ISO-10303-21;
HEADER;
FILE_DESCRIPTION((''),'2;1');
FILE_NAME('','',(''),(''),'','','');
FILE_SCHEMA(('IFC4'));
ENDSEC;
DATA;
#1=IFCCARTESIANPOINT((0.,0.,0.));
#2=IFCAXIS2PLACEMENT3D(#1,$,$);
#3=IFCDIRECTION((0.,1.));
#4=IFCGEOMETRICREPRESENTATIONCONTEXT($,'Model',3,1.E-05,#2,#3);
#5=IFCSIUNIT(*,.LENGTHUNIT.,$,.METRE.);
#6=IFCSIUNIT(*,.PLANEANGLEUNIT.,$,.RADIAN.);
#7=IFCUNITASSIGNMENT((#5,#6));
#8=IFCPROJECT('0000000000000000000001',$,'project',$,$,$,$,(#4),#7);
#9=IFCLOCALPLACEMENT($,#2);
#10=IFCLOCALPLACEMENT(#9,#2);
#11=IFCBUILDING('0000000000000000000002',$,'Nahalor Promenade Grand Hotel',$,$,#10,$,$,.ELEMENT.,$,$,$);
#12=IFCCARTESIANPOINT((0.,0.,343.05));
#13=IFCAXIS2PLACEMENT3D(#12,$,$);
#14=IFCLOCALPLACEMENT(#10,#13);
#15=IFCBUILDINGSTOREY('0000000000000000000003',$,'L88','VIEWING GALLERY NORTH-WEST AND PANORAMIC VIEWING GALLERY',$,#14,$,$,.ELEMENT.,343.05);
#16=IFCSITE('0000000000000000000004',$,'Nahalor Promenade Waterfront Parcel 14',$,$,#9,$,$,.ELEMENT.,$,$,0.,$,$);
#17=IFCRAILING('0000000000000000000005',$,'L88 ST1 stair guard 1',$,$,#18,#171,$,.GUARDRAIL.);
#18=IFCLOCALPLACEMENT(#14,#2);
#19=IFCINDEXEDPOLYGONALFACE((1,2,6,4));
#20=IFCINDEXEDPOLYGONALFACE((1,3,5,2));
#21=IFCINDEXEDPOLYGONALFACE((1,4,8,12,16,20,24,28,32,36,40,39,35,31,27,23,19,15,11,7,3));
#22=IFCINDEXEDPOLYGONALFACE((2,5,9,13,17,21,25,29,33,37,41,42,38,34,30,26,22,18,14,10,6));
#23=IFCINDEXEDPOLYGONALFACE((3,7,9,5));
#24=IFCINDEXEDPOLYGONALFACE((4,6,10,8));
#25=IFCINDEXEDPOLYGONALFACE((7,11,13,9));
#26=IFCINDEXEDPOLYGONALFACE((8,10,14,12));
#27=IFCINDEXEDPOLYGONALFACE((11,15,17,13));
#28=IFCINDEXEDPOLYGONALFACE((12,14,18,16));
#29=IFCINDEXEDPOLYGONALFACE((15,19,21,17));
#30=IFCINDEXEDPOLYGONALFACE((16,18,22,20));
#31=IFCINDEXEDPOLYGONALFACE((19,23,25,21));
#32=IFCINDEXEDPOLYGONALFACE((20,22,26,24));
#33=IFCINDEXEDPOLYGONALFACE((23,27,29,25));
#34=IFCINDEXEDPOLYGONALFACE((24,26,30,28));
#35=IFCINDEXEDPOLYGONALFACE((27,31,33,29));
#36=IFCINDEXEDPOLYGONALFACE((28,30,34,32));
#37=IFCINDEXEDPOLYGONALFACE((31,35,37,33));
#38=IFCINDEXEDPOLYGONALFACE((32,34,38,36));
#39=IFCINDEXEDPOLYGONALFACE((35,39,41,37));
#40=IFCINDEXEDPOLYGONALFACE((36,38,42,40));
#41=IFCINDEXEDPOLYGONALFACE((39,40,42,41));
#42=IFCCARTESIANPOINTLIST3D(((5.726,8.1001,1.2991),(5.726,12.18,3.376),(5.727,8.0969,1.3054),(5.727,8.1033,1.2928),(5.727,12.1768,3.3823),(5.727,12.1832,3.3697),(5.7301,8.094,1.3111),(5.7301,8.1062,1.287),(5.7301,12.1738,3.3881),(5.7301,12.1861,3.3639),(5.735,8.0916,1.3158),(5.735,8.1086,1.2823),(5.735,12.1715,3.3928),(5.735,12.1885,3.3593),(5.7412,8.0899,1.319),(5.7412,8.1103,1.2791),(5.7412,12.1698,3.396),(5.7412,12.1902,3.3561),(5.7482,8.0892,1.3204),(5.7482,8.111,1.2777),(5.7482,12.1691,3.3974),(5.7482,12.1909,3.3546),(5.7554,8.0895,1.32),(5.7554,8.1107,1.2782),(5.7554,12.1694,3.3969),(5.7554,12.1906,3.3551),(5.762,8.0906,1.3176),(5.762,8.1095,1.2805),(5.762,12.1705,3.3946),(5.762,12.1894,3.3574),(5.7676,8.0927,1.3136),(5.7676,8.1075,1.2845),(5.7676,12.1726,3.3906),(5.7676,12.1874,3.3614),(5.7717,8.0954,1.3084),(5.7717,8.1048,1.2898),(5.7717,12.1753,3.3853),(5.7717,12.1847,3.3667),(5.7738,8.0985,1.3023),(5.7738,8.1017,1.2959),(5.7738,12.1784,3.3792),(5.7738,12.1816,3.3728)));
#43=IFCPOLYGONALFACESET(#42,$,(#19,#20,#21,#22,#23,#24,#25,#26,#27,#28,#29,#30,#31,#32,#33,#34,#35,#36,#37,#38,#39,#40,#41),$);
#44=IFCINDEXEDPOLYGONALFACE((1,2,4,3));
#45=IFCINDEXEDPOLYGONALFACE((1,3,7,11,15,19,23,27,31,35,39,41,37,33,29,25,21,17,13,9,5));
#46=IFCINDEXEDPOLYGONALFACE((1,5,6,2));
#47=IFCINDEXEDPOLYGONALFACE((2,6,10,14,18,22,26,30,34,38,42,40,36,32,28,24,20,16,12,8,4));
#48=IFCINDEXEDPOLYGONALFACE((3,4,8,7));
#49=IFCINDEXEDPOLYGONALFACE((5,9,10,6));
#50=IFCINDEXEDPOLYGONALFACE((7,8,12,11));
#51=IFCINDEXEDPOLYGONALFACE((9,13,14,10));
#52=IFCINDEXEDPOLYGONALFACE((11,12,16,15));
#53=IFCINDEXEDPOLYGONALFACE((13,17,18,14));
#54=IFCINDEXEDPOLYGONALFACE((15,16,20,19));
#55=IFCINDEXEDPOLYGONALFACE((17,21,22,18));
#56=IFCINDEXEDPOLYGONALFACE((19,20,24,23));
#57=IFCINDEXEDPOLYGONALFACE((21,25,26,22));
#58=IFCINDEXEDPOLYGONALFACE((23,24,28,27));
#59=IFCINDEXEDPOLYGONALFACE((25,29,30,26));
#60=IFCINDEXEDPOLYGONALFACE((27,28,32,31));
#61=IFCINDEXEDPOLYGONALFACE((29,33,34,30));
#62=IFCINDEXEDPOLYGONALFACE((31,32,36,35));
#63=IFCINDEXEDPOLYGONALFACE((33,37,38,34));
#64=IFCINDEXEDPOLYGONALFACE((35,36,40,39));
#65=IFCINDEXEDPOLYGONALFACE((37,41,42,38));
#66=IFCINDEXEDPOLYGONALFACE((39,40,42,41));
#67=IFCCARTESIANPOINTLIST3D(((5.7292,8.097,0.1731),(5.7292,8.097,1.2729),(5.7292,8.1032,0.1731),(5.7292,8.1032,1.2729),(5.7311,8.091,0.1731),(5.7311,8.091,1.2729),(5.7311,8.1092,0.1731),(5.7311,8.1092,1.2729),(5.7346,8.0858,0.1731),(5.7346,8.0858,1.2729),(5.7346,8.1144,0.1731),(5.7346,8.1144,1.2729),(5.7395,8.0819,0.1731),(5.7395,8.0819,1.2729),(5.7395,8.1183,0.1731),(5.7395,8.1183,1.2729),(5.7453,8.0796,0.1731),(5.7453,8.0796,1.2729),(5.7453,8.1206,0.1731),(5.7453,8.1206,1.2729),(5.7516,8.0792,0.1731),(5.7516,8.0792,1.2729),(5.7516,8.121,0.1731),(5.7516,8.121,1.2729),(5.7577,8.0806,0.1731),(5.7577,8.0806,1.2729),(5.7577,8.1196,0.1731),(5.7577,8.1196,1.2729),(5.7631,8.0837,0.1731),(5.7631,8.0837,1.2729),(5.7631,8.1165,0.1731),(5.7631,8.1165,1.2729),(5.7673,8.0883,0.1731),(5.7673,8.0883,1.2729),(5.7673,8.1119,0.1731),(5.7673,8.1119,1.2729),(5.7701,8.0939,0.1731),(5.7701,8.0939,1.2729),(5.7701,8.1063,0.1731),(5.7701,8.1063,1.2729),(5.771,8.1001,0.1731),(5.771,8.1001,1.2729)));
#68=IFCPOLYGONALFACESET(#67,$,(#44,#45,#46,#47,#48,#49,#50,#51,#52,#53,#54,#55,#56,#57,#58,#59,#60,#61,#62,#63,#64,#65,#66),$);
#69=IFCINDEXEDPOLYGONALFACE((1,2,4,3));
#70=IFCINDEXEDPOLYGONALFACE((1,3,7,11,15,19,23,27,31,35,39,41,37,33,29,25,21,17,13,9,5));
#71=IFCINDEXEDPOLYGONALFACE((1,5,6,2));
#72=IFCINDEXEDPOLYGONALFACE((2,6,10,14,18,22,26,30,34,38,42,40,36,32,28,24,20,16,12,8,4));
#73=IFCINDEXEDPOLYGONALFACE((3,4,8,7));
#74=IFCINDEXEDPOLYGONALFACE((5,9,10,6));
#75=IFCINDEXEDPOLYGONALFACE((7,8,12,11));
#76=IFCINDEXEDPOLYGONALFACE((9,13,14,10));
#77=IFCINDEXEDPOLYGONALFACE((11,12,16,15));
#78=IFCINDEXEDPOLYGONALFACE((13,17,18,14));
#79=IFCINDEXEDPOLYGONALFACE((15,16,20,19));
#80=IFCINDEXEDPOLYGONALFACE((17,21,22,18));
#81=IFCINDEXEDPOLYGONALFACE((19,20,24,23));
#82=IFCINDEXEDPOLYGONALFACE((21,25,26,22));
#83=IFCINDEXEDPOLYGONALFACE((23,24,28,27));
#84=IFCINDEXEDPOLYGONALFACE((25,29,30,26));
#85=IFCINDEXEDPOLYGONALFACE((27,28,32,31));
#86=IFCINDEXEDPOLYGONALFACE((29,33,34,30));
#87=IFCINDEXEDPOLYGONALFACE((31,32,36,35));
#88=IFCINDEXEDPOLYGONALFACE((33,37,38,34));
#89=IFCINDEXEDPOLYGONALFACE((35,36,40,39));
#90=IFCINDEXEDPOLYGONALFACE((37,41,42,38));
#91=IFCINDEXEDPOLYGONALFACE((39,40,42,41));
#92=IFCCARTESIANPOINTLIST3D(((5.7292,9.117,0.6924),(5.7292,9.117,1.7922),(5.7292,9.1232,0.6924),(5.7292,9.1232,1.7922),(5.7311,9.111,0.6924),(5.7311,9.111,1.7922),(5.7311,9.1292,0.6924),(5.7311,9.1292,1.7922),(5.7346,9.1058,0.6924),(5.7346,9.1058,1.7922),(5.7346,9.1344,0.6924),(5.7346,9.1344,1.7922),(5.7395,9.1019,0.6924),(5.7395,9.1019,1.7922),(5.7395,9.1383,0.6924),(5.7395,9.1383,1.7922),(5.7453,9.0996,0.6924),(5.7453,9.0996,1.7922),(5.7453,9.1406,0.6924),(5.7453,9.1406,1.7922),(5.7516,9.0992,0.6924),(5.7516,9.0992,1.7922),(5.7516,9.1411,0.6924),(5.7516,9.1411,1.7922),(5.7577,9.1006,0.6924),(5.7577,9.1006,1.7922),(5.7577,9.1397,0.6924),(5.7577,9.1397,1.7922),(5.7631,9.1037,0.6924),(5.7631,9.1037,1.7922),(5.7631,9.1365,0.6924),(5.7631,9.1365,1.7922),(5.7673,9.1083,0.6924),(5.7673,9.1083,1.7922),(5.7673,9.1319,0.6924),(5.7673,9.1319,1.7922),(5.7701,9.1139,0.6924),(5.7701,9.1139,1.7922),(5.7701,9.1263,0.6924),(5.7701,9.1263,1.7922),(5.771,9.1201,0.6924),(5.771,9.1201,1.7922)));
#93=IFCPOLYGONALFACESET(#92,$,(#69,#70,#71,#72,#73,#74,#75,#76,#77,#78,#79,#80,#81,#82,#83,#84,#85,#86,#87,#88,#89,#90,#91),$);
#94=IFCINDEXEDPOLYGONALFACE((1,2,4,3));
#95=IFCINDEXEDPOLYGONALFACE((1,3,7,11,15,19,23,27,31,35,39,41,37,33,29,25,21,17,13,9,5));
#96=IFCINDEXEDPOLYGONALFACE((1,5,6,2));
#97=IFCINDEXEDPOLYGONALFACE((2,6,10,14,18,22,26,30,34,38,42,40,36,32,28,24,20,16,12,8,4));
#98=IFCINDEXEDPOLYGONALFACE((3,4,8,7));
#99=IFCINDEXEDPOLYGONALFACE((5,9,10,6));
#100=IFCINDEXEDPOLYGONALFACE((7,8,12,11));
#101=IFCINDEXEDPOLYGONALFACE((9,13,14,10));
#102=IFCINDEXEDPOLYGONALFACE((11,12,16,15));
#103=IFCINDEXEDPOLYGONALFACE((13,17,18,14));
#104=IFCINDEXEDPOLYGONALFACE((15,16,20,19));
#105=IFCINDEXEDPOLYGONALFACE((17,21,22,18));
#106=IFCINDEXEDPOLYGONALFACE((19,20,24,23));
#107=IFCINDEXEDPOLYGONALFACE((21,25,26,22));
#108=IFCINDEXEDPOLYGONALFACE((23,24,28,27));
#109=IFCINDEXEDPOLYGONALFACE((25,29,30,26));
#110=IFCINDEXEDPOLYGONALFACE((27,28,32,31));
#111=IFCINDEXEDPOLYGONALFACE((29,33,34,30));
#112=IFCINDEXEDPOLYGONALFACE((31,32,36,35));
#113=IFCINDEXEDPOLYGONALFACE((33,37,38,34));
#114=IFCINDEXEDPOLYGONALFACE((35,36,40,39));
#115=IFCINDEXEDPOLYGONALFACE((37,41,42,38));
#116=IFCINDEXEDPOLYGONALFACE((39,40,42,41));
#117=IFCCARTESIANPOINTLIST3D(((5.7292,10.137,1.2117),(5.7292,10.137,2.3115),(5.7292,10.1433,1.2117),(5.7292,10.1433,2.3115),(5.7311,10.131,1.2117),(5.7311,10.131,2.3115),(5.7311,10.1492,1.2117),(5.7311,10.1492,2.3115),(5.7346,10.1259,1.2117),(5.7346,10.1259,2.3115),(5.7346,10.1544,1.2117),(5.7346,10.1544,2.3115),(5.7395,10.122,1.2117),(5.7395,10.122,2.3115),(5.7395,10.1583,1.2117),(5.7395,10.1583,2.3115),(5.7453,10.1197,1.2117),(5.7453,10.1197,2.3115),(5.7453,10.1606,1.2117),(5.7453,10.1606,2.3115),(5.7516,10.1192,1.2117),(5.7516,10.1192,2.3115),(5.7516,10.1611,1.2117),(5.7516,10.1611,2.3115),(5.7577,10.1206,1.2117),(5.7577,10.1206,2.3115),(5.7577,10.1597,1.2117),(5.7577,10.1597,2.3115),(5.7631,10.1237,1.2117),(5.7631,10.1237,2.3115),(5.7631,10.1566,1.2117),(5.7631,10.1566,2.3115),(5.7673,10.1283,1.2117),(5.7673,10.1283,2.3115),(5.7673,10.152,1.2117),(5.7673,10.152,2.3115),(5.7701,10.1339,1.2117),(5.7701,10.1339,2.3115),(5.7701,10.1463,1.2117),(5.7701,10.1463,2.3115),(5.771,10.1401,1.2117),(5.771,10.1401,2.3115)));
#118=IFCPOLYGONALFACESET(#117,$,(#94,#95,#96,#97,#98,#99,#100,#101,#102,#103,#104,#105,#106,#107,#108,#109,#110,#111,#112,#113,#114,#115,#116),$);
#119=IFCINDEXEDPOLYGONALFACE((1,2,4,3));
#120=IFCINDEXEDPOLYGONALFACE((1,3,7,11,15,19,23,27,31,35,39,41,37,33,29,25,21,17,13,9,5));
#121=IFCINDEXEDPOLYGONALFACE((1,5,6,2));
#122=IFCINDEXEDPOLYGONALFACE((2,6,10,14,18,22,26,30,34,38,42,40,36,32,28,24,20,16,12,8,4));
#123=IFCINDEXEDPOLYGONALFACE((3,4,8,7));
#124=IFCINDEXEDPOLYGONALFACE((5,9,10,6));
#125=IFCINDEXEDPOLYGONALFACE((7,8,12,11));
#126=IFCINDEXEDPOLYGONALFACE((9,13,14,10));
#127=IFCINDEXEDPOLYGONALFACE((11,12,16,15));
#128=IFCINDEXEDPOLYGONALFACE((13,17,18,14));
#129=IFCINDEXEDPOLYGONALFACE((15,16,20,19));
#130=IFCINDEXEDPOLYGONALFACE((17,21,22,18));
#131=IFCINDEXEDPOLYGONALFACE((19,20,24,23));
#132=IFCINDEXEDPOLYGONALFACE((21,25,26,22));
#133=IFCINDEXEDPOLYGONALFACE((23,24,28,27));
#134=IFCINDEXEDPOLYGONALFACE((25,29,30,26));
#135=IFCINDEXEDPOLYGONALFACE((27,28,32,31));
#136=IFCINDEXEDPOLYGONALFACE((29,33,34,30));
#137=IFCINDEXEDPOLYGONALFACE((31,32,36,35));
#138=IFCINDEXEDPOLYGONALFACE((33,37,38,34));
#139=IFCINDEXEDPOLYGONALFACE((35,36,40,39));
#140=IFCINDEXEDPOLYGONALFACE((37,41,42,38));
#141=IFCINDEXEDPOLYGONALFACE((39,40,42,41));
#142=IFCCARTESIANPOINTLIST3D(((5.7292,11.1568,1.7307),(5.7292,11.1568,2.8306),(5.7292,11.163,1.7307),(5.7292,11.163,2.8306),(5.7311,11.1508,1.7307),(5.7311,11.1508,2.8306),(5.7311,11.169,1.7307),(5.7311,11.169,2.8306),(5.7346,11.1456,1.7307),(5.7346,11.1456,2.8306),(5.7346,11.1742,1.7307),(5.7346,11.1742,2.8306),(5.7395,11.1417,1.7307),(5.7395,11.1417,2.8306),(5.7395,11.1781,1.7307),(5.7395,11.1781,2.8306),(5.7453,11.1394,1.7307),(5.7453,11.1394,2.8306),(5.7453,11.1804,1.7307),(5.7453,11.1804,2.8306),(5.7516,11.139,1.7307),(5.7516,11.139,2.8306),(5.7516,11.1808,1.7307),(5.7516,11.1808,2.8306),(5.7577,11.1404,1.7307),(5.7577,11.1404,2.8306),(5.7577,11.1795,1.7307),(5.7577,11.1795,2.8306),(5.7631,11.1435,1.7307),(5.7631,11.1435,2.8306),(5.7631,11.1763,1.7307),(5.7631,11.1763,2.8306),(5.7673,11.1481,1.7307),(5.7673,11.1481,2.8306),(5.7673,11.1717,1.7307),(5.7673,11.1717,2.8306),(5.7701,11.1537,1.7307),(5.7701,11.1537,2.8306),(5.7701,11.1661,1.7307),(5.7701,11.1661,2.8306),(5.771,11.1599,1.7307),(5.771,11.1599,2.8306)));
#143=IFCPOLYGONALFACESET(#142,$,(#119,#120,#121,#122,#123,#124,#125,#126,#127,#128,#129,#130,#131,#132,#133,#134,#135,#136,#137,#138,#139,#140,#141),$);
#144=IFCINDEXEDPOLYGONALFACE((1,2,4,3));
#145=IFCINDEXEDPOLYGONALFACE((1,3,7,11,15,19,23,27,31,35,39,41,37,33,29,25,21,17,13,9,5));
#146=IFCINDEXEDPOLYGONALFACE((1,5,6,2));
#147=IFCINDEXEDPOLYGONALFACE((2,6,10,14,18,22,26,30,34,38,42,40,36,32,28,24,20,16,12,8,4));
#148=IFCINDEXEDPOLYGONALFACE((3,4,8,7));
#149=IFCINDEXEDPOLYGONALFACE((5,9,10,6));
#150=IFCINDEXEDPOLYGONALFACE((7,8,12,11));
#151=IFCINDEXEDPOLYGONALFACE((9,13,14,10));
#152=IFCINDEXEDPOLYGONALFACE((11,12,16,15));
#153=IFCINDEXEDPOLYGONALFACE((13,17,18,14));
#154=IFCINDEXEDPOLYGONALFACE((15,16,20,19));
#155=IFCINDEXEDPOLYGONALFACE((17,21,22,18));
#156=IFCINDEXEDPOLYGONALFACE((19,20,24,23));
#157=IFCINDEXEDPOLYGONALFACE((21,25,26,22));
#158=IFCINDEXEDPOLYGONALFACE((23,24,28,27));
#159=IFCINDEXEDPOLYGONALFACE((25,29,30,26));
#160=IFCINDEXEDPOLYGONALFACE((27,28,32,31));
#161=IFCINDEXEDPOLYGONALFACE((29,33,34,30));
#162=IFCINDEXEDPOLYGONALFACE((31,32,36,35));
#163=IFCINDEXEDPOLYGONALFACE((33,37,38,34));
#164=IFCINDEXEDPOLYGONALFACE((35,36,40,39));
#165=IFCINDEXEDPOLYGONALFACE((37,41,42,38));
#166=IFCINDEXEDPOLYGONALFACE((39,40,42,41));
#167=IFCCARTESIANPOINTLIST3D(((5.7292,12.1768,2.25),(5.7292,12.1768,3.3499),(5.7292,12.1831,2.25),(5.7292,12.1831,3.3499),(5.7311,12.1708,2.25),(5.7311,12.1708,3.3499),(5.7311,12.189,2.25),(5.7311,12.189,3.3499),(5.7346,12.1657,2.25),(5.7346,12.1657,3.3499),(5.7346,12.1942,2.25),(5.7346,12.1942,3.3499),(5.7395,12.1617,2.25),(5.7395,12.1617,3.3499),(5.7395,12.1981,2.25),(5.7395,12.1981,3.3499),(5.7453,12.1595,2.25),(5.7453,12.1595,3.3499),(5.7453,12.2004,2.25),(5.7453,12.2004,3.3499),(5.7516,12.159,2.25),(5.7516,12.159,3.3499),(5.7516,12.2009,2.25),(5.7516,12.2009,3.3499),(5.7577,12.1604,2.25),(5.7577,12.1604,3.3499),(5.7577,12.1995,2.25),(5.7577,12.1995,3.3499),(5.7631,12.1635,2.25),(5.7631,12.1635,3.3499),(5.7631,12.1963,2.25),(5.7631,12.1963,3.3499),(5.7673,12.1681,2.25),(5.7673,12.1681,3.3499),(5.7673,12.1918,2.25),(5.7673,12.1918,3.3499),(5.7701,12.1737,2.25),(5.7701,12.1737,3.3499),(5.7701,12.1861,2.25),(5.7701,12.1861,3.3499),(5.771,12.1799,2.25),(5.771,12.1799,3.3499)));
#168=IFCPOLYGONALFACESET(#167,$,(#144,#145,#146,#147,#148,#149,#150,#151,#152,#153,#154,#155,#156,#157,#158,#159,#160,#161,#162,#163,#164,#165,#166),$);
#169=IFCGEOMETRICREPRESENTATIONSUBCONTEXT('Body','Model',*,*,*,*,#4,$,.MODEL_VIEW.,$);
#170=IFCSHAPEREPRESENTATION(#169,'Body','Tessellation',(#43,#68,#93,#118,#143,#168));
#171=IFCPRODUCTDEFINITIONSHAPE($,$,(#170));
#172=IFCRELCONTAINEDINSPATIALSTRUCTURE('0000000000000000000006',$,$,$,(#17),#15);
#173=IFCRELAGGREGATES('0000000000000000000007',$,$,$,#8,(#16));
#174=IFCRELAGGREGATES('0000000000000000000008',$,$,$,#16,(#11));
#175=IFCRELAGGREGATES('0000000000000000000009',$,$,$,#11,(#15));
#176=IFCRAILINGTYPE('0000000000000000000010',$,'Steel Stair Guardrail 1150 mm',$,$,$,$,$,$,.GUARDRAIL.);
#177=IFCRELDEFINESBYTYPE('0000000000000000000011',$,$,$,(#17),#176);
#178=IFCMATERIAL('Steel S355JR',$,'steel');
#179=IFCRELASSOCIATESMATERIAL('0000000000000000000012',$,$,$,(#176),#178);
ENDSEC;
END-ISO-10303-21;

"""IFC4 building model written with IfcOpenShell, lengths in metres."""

from ifc_helpers import new_model, si_unit, direction, frame, origin, origin_2d, place, context, subcontext, project, spatial, circle, extrude, material, type_object, element, save


model = new_model("IFC4")

# Units and contexts
model_context = context("Model", 3, precision=1e-05, world=origin(), true_north=direction((0.0, 1.0)))
body_context = subcontext(model_context, "Body", "Model", "MODEL_VIEW")
ifc_project = project(units=[si_unit("LENGTHUNIT", "METRE"), si_unit("PLANEANGLEUNIT", "RADIAN")], contexts=[model_context])

# Site, building, storey
site_placement = place(None, origin())
site = spatial("IfcSite", under=ifc_project, at=site_placement, Name="Nahalor Promenade Waterfront Parcel 14", CompositionType="ELEMENT", RefElevation=0.0)
building_placement = place(site_placement, origin())
building = spatial("IfcBuilding", under=site, at=building_placement, Name="Nahalor Promenade Grand Hotel", CompositionType="ELEMENT")
storey_placement = place(building_placement, frame((0.0, 0.0, 343.05)))
storey = spatial("IfcBuildingStorey", under=building, at=storey_placement, Name="L88", Description="VIEWING GALLERY NORTH-WEST AND PANORAMIC VIEWING GALLERY", CompositionType="ELEMENT", Elevation=343.05)

# Shared definitions
ifc_material_1 = material(Name="Steel S355JR", Category="steel")

# Railing
railing_type_1 = type_object("IfcRailingType", Name="Steel Stair Guardrail 1150 mm", PredefinedType="GUARDRAIL", material=ifc_material_1)
railing_1_placement = place(storey_placement, frame((5.75, 8.1001, 0.1731)))
element("IfcRailing", 1, at=railing_1_placement, inside=storey, type_object=railing_type_1, Name="L88 ST1 stair guard 1", PredefinedType="GUARDRAIL", context=body_context, shape_type="SweptSolid", body=[
    extrude(circle(Radius=0.024, at=origin_2d()), frame((0.0, 0.0, 1.126), z_axis=(0.0, 0.891172, 0.453665), x_axis=(-1.0, 0.0, 0.0)), (0.0, 0.0, 1.0), 4.5781),
    extrude(circle(Radius=0.021, at=origin_2d()), origin(), (0.0, 0.0, 1.0), 1.0999),
    extrude(circle(Radius=0.021, at=origin_2d()), frame((0.0, 1.02, 0.5193)), (0.0, 0.0, 1.0), 1.0999),
    extrude(circle(Radius=0.021, at=origin_2d()), frame((0.0, 2.04, 1.0386)), (0.0, 0.0, 1.0), 1.0999),
    extrude(circle(Radius=0.021, at=origin_2d()), frame((0.0, 3.0598, 1.5576)), (0.0, 0.0, 1.0), 1.0999),
    extrude(circle(Radius=0.021, at=origin_2d()), frame((0.0, 4.0798, 2.0769)), (0.0, 0.0, 1.0), 1.0999),
])

save(model, "model.ifc")
